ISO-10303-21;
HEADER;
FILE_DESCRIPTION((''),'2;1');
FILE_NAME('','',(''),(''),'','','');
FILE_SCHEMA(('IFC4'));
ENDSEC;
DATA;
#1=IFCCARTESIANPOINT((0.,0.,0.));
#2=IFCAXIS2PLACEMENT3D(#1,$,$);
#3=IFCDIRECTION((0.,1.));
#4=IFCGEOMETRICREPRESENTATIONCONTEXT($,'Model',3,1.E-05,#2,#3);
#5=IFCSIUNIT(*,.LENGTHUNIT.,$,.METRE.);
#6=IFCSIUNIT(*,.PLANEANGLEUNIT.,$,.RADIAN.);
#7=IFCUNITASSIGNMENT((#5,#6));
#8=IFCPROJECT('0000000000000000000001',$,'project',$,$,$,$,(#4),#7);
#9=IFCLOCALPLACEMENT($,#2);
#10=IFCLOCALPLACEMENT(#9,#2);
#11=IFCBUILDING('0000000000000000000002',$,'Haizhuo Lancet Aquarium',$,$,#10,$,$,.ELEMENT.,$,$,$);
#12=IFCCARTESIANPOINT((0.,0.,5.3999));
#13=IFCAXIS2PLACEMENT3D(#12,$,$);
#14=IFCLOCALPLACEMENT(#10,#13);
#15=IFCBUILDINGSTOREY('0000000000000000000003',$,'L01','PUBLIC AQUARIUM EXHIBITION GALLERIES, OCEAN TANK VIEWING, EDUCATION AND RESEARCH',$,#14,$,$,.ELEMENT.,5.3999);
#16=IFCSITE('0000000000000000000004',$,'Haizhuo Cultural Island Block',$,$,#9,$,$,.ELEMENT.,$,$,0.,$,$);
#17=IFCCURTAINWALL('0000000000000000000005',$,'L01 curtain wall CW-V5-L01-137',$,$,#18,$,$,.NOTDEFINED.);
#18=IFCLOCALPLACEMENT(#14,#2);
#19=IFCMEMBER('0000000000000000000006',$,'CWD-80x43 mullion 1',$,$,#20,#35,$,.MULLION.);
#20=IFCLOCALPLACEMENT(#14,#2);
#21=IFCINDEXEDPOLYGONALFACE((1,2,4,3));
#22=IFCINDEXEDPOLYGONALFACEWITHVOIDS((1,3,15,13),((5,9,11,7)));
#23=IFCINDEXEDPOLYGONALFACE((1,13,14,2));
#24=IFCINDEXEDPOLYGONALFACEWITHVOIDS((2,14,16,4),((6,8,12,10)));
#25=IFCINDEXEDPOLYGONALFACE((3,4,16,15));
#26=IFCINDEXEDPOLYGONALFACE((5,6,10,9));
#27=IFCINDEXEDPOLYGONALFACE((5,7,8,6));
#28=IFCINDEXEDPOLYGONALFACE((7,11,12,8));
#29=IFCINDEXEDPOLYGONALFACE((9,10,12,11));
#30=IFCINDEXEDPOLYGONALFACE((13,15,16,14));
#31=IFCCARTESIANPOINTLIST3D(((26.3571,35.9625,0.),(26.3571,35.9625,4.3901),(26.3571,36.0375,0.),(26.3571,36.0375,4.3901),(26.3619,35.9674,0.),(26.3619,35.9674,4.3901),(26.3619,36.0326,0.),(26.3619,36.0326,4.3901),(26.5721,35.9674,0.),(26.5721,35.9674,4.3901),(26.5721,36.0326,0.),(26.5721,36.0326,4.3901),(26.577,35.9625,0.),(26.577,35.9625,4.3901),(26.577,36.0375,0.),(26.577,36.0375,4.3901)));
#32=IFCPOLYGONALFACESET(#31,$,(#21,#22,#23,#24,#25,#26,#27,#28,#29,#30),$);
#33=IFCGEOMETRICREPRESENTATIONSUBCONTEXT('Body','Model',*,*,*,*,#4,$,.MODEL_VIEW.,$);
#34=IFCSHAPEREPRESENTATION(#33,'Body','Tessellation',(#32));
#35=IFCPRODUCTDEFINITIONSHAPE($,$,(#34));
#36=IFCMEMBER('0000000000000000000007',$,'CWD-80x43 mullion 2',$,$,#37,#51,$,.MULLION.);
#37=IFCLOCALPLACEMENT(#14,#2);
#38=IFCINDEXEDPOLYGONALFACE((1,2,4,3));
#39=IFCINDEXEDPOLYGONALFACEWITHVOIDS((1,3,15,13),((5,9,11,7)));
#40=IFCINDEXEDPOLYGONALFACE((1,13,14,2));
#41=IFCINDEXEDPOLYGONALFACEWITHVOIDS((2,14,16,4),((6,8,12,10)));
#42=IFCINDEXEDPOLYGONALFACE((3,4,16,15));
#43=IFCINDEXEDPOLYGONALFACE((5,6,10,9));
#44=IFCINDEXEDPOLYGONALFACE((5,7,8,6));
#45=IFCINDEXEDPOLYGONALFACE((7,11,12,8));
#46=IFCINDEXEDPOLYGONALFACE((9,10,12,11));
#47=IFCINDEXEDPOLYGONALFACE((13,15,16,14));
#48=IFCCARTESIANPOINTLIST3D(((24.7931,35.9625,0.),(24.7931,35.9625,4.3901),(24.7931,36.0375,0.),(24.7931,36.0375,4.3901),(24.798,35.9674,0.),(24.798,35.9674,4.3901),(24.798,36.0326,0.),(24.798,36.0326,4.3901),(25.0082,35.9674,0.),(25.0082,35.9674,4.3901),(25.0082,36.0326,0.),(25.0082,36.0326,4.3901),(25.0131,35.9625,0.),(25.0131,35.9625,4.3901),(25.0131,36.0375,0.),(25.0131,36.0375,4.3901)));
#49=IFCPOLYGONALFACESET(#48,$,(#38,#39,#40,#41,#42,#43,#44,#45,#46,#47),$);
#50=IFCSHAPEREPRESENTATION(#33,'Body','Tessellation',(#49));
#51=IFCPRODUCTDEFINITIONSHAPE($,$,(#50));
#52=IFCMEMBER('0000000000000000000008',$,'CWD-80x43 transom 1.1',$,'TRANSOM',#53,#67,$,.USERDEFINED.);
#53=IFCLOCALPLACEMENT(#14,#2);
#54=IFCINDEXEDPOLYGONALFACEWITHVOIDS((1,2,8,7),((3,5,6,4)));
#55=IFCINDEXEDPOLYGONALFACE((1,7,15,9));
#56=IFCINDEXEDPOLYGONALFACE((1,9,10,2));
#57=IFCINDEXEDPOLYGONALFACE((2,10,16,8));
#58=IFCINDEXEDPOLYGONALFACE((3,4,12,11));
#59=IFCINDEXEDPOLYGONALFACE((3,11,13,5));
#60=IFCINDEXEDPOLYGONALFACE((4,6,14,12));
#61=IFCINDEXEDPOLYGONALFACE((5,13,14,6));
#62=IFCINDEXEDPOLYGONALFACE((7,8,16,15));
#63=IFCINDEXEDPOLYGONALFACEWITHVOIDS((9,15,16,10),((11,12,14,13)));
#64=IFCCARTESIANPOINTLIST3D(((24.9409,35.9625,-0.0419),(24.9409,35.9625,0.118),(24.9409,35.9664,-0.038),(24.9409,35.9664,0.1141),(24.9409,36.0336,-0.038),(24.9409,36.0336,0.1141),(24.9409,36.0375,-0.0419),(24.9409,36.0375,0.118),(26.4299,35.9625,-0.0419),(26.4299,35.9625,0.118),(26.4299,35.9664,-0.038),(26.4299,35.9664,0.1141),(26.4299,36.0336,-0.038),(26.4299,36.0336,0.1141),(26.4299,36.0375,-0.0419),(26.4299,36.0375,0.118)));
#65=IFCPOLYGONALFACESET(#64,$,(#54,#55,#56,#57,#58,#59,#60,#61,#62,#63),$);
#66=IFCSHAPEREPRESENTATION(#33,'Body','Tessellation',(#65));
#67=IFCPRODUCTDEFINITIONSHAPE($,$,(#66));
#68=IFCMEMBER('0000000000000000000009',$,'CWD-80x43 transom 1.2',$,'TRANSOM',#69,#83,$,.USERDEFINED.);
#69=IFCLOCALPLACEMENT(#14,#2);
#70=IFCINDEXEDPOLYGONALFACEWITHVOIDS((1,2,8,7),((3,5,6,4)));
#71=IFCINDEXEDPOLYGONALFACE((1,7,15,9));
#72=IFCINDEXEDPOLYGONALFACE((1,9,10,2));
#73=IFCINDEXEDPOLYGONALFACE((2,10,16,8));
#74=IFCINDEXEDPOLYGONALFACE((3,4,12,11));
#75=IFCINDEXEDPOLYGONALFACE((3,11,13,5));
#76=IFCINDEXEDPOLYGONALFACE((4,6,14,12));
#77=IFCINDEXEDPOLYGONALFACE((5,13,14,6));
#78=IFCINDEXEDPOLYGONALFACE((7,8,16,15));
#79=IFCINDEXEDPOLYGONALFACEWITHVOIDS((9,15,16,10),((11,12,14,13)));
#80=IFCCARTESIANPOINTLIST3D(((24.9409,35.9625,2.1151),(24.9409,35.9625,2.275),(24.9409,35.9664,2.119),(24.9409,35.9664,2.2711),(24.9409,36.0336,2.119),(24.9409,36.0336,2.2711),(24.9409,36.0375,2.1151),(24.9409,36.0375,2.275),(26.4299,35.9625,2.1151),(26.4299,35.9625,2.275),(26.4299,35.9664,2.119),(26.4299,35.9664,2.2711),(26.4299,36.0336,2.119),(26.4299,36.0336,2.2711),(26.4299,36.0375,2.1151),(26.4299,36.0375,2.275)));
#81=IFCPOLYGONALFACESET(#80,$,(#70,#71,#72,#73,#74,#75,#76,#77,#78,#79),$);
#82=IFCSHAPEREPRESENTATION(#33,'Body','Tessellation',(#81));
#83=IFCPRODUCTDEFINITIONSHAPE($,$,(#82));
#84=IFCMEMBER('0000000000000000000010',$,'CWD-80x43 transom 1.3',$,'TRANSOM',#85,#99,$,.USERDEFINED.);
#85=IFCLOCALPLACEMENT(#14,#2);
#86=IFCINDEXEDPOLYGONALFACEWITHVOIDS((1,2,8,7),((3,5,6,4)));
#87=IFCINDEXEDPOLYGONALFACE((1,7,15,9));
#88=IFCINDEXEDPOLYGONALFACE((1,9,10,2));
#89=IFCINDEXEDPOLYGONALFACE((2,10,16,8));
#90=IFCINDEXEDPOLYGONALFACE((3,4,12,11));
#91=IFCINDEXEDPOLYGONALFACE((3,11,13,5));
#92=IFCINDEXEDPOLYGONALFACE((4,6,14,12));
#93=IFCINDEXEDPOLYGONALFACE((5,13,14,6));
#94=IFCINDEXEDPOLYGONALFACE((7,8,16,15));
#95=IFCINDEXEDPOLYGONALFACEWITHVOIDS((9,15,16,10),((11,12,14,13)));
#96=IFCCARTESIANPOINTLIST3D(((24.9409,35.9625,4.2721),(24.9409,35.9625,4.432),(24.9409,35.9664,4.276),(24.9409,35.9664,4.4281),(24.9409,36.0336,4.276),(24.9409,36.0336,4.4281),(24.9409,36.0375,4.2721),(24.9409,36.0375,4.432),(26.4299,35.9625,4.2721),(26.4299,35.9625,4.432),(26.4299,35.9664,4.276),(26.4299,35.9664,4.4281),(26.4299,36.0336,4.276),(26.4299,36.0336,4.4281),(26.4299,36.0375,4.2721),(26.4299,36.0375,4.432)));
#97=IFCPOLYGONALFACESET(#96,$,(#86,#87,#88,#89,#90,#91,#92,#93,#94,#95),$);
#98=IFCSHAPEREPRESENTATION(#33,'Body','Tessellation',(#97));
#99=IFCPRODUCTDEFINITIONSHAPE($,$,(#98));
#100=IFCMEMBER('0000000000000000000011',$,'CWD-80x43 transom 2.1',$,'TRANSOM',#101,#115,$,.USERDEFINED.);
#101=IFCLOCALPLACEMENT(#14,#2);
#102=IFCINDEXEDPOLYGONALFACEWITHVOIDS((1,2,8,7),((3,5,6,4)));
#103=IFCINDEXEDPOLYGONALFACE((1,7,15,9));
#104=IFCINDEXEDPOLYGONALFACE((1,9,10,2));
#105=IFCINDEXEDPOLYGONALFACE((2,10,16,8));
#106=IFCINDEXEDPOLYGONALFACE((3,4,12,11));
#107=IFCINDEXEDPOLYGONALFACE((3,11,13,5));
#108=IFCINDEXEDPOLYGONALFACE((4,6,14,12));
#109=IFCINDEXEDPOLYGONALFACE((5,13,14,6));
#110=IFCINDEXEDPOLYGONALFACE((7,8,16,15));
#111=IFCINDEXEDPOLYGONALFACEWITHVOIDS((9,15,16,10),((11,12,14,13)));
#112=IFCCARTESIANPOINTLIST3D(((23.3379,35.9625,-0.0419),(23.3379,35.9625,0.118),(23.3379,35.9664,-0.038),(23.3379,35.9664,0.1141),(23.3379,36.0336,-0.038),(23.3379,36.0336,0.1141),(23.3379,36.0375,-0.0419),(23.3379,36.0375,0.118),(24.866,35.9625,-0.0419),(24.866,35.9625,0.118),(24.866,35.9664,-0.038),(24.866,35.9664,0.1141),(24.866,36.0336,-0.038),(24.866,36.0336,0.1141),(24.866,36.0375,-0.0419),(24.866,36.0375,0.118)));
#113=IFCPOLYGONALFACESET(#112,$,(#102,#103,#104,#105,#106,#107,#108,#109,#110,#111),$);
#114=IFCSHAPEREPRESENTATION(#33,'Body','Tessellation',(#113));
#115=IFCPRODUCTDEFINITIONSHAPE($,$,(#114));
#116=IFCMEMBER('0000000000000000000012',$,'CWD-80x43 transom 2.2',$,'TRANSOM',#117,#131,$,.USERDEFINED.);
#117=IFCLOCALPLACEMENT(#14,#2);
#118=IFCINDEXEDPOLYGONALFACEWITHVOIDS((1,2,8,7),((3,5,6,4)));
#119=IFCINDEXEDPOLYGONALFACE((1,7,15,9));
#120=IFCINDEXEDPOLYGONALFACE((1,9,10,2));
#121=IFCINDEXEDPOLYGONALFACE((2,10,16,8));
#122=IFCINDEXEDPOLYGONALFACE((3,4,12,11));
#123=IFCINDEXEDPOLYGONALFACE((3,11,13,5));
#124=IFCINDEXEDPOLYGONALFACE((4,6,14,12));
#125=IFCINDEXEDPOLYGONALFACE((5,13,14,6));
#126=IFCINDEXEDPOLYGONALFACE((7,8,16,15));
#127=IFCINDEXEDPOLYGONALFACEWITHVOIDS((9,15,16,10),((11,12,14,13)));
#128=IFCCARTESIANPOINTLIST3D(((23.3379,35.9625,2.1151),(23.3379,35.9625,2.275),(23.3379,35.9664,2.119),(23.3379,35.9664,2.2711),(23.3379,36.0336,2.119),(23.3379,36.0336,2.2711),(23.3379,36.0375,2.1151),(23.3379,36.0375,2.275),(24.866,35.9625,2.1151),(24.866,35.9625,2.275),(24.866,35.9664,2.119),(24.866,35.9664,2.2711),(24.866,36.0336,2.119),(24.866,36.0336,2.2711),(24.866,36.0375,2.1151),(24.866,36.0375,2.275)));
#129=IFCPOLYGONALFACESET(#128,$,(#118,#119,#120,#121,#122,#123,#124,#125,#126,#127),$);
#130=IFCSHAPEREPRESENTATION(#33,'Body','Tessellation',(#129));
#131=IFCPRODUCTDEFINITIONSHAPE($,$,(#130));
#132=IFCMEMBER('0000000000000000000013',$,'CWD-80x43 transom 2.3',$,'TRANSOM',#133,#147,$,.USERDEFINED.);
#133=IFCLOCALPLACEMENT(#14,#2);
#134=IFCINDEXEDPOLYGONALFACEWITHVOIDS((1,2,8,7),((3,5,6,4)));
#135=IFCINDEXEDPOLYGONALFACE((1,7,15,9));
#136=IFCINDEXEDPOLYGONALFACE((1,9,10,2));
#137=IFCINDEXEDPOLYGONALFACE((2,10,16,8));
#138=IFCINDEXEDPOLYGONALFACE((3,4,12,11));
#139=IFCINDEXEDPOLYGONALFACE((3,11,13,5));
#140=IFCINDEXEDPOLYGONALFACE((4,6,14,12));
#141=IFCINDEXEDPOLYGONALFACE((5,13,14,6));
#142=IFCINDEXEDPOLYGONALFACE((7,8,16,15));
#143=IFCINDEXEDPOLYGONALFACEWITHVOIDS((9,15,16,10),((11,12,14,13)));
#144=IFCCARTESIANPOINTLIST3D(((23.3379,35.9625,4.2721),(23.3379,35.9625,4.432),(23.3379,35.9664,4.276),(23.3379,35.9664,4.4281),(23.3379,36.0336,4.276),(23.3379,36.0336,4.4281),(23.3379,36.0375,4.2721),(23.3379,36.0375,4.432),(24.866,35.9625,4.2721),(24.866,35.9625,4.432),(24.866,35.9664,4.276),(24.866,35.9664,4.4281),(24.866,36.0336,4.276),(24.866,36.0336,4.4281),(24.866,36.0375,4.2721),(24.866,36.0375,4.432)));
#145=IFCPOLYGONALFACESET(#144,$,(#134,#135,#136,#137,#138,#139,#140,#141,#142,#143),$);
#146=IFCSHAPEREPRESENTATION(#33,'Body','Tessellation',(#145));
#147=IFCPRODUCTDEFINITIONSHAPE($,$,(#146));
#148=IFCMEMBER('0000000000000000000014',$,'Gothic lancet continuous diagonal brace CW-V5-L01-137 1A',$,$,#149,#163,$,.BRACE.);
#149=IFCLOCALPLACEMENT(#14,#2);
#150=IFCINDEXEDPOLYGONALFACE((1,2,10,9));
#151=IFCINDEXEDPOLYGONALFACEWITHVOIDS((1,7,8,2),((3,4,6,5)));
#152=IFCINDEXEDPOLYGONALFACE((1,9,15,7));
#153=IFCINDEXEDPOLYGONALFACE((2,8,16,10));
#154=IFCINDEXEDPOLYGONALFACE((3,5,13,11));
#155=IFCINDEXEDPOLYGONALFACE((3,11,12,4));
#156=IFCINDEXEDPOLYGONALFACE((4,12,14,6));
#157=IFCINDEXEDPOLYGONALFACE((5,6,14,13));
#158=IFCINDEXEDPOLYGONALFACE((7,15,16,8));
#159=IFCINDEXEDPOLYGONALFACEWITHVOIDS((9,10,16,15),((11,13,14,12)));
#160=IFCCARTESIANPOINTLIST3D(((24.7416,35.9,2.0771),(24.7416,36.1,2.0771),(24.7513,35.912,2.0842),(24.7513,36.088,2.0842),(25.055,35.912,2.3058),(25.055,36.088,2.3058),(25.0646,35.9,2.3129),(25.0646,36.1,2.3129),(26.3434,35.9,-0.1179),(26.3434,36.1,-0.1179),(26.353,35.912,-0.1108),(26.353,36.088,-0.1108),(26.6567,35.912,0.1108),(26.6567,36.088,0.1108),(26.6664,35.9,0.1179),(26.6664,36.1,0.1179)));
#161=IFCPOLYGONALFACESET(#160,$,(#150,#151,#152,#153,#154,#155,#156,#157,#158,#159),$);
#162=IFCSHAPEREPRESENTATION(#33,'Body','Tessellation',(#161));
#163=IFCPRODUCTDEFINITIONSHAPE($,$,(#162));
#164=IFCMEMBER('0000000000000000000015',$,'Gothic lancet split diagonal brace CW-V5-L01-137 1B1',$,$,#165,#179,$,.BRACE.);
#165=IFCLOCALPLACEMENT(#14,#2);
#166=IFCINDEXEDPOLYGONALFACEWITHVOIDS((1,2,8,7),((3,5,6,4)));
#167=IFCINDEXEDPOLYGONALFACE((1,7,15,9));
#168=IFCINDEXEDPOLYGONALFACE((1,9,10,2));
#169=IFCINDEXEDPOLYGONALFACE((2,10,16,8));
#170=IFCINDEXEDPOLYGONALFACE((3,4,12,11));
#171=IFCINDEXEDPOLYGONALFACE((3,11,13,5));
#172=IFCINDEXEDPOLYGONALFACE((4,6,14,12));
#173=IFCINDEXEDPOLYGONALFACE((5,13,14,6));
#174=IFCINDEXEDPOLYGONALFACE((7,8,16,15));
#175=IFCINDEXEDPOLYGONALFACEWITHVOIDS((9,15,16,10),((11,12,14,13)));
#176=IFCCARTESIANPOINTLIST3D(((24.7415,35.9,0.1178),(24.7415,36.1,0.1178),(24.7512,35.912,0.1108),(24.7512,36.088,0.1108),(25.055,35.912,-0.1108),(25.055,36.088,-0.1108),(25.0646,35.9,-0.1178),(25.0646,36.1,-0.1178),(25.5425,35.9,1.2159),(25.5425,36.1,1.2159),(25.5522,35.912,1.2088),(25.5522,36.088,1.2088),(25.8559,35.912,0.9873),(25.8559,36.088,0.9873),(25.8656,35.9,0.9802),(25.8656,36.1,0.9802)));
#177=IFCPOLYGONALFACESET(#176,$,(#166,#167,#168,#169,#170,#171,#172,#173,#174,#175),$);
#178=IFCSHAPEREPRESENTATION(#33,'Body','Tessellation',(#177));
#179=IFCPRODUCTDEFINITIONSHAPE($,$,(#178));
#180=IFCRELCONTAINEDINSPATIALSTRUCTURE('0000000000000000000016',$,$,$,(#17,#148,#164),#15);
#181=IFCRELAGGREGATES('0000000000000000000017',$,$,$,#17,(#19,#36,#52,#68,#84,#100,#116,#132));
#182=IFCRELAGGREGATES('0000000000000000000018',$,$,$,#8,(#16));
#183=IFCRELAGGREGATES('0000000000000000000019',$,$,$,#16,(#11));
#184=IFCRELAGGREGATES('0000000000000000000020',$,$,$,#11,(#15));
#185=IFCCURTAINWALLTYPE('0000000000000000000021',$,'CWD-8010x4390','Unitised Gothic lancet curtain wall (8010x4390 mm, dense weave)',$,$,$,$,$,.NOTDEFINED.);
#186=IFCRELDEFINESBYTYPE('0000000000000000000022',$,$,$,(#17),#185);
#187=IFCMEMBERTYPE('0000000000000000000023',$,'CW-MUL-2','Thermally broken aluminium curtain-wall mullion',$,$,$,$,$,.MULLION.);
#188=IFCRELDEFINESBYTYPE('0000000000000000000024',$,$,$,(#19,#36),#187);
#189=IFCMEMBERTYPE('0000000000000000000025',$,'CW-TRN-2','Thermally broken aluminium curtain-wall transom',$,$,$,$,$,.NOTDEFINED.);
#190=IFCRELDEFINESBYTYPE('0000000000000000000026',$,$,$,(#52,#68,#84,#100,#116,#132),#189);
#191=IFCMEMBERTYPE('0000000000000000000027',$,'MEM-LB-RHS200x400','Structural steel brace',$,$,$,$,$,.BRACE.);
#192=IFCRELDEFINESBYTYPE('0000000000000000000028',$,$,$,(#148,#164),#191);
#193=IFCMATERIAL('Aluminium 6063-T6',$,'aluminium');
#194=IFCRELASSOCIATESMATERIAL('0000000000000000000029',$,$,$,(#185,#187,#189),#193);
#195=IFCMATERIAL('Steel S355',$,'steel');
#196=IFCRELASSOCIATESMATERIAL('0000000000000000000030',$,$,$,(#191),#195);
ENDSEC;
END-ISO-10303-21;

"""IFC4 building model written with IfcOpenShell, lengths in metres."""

from ifc_helpers import new_model, si_unit, direction, frame, origin, origin_2d, place, context, subcontext, project, spatial, hollow_rectangle, extrude, material, material_profile, profile_set, type_object, element, aggregate, save


model = new_model("IFC4")

# Units and contexts
model_context = context("Model", 3, precision=1e-05, world=origin(), true_north=direction((0.0, 1.0)))
body_context = subcontext(model_context, "Body", "Model", "MODEL_VIEW")
ifc_project = project(units=[si_unit("LENGTHUNIT", "METRE"), si_unit("PLANEANGLEUNIT", "RADIAN")], contexts=[model_context])

# Site, building, storey
site_placement = place(None, origin())
site = spatial("IfcSite", under=ifc_project, at=site_placement, Name="Haizhuo Cultural Island Block", CompositionType="ELEMENT", RefElevation=0.0)
building_placement = place(site_placement, origin())
building = spatial("IfcBuilding", under=site, at=building_placement, Name="Haizhuo Lancet Aquarium", CompositionType="ELEMENT")
storey_placement = place(building_placement, frame((0.0, 0.0, 5.3999)))
storey = spatial("IfcBuildingStorey", under=building, at=storey_placement, Name="L01", Description="PUBLIC AQUARIUM EXHIBITION GALLERIES, OCEAN TANK VIEWING, EDUCATION AND RESEARCH", CompositionType="ELEMENT", Elevation=5.3999)

# Curtain wall, members
ifc_material_1 = material(Name="Aluminium 6063-T6", Category="aluminium")
curtain_wall_type = type_object("IfcCurtainWallType", Name="CWD-8010x4390", Description="Unitised Gothic lancet curtain wall (8010x4390 mm, dense weave)", PredefinedType="NOTDEFINED", material=ifc_material_1)
curtain_wall_placement = place(storey_placement, origin())
curtain_wall = element("IfcCurtainWall", 1, at=curtain_wall_placement, inside=storey, type_object=curtain_wall_type, Name="L01 curtain wall CW-V5-L01-137", PredefinedType="NOTDEFINED")
ifc_material_profile_1 = material_profile(ifc_material_1, hollow_rectangle(XDim=0.075, YDim=0.22, WallThickness=0.0049, at=origin_2d()), Name="ALU-M 75x220x5")
ifc_profile_set_1 = profile_set([ifc_material_profile_1], Name="Aluminium 6063-T6")
member_type_1 = type_object("IfcMemberType", Name="CW-MUL-2", Description="Thermally broken aluminium curtain-wall mullion", PredefinedType="MULLION", material=ifc_profile_set_1)
member_1_placement = place(storey_placement, frame((26.467, 36.0, 0.0), z_axis=(0.0, 0.0, 1.0), x_axis=(0.0, -1.0, 0.0)))
member_1 = element("IfcMember", 2, at=member_1_placement, type_object=member_type_1, Name="CWD-80x43 mullion 1", PredefinedType="MULLION", context=body_context, shape_type="SweptSolid", body=[
    extrude(hollow_rectangle(XDim=0.075, YDim=0.22, WallThickness=0.0049, at=origin_2d()), origin(), (0.0, 0.0, 1.0), 4.3901),
])
member_2_placement = place(storey_placement, frame((24.9031, 36.0, 0.0), z_axis=(0.0, 0.0, 1.0), x_axis=(0.0, -1.0, 0.0)))
member_2 = element("IfcMember", 3, at=member_2_placement, type_object=member_type_1, Name="CWD-80x43 mullion 2", PredefinedType="MULLION", context=body_context, shape_type="SweptSolid", body=[
    extrude(hollow_rectangle(XDim=0.075, YDim=0.22, WallThickness=0.0049, at=origin_2d()), origin(), (0.0, 0.0, 1.0), 4.3901),
])
ifc_material_profile_2 = material_profile(ifc_material_1, hollow_rectangle(XDim=0.075, YDim=0.1599, WallThickness=0.0039, at=origin_2d()), Name="ALU-T 75x160x4")
ifc_profile_set_2 = profile_set([ifc_material_profile_2], Name="Aluminium 6063-T6")
member_type_2 = type_object("IfcMemberType", Name="CW-TRN-2", Description="Thermally broken aluminium curtain-wall transom", PredefinedType="NOTDEFINED", material=ifc_profile_set_2)
member_3_placement = place(storey_placement, frame((26.4299, 36.0, 0.0381), z_axis=(-1.0, 0.0, 0.0), x_axis=(0.0, -1.0, 0.0)))
member_3 = element("IfcMember", 4, at=member_3_placement, type_object=member_type_2, Name="CWD-80x43 transom 1.1", ObjectType="TRANSOM", PredefinedType="USERDEFINED", context=body_context, shape_type="SweptSolid", body=[
    extrude(hollow_rectangle(XDim=0.075, YDim=0.1599, WallThickness=0.0039, at=origin_2d()), origin(), (0.0, 0.0, 1.0), 1.489),
])
member_4_placement = place(storey_placement, frame((26.4299, 36.0, 2.1951), z_axis=(-1.0, 0.0, 0.0), x_axis=(0.0, -1.0, 0.0)))
member_4 = element("IfcMember", 5, at=member_4_placement, type_object=member_type_2, Name="CWD-80x43 transom 1.2", ObjectType="TRANSOM", PredefinedType="USERDEFINED", context=body_context, shape_type="SweptSolid", body=[
    extrude(hollow_rectangle(XDim=0.075, YDim=0.1599, WallThickness=0.0039, at=origin_2d()), origin(), (0.0, 0.0, 1.0), 1.489),
])
member_5_placement = place(storey_placement, frame((26.4299, 36.0, 4.3521), z_axis=(-1.0, 0.0, 0.0), x_axis=(0.0, -1.0, 0.0)))
member_5 = element("IfcMember", 6, at=member_5_placement, type_object=member_type_2, Name="CWD-80x43 transom 1.3", ObjectType="TRANSOM", PredefinedType="USERDEFINED", context=body_context, shape_type="SweptSolid", body=[
    extrude(hollow_rectangle(XDim=0.075, YDim=0.1599, WallThickness=0.0039, at=origin_2d()), origin(), (0.0, 0.0, 1.0), 1.489),
])
member_6_placement = place(storey_placement, frame((24.866, 36.0, 0.0381), z_axis=(-1.0, 0.0, 0.0), x_axis=(0.0, -1.0, 0.0)))
member_6 = element("IfcMember", 7, at=member_6_placement, type_object=member_type_2, Name="CWD-80x43 transom 2.1", ObjectType="TRANSOM", PredefinedType="USERDEFINED", context=body_context, shape_type="SweptSolid", body=[
    extrude(hollow_rectangle(XDim=0.075, YDim=0.1599, WallThickness=0.0039, at=origin_2d()), origin(), (0.0, 0.0, 1.0), 1.5281),
])
member_7_placement = place(storey_placement, frame((24.866, 36.0, 2.1951), z_axis=(-1.0, 0.0, 0.0), x_axis=(0.0, -1.0, 0.0)))
member_7 = element("IfcMember", 8, at=member_7_placement, type_object=member_type_2, Name="CWD-80x43 transom 2.2", ObjectType="TRANSOM", PredefinedType="USERDEFINED", context=body_context, shape_type="SweptSolid", body=[
    extrude(hollow_rectangle(XDim=0.075, YDim=0.1599, WallThickness=0.0039, at=origin_2d()), origin(), (0.0, 0.0, 1.0), 1.5281),
])
member_8_placement = place(storey_placement, frame((24.866, 36.0, 4.3521), z_axis=(-1.0, 0.0, 0.0), x_axis=(0.0, -1.0, 0.0)))
member_8 = element("IfcMember", 9, at=member_8_placement, type_object=member_type_2, Name="CWD-80x43 transom 2.3", ObjectType="TRANSOM", PredefinedType="USERDEFINED", context=body_context, shape_type="SweptSolid", body=[
    extrude(hollow_rectangle(XDim=0.075, YDim=0.1599, WallThickness=0.0039, at=origin_2d()), origin(), (0.0, 0.0, 1.0), 1.5281),
])

# Members
ifc_material_2 = material(Name="Steel S355", Category="steel")
ifc_material_profile_3 = material_profile(ifc_material_2, hollow_rectangle(XDim=0.2, YDim=0.3999, WallThickness=0.012, at=origin_2d()), Name="RHS 200x400x12")
ifc_profile_set_3 = profile_set([ifc_material_profile_3], Name="Steel S355")
member_type_3 = type_object("IfcMemberType", Name="MEM-LB-RHS200x400", Description="Structural steel brace", PredefinedType="BRACE", material=ifc_profile_set_3)
member_9_placement = place(storey_placement, frame((26.5049, 36.0, 0.0), z_axis=(-0.589469, 0.0, 0.807791), x_axis=(0.0, -1.0, 0.0)))
element("IfcMember", 10, at=member_9_placement, inside=storey, type_object=member_type_3, Name="Gothic lancet continuous diagonal brace CW-V5-L01-137 1A", PredefinedType="BRACE", context=body_context, shape_type="SweptSolid", body=[
    extrude(hollow_rectangle(XDim=0.2, YDim=0.3999, WallThickness=0.012, at=origin_2d()), origin(), (0.0, 0.0, 1.0), 2.7173),
])
member_10_placement = place(storey_placement, frame((24.9031, 36.0, 0.0), z_axis=(0.589314, 0.0, 0.807904), x_axis=(0.0, 1.0, 0.0)))
element("IfcMember", 11, at=member_10_placement, inside=storey, type_object=member_type_3, Name="Gothic lancet split diagonal brace CW-V5-L01-137 1B1", PredefinedType="BRACE", context=body_context, shape_type="SweptSolid", body=[
    extrude(hollow_rectangle(XDim=0.2, YDim=0.3999, WallThickness=0.012, at=origin_2d()), origin(), (0.0, 0.0, 1.0), 1.3591),
])

aggregate(curtain_wall, [member_1, member_2, member_3, member_4, member_5, member_6, member_7, member_8])

save(model, "model.ifc")
